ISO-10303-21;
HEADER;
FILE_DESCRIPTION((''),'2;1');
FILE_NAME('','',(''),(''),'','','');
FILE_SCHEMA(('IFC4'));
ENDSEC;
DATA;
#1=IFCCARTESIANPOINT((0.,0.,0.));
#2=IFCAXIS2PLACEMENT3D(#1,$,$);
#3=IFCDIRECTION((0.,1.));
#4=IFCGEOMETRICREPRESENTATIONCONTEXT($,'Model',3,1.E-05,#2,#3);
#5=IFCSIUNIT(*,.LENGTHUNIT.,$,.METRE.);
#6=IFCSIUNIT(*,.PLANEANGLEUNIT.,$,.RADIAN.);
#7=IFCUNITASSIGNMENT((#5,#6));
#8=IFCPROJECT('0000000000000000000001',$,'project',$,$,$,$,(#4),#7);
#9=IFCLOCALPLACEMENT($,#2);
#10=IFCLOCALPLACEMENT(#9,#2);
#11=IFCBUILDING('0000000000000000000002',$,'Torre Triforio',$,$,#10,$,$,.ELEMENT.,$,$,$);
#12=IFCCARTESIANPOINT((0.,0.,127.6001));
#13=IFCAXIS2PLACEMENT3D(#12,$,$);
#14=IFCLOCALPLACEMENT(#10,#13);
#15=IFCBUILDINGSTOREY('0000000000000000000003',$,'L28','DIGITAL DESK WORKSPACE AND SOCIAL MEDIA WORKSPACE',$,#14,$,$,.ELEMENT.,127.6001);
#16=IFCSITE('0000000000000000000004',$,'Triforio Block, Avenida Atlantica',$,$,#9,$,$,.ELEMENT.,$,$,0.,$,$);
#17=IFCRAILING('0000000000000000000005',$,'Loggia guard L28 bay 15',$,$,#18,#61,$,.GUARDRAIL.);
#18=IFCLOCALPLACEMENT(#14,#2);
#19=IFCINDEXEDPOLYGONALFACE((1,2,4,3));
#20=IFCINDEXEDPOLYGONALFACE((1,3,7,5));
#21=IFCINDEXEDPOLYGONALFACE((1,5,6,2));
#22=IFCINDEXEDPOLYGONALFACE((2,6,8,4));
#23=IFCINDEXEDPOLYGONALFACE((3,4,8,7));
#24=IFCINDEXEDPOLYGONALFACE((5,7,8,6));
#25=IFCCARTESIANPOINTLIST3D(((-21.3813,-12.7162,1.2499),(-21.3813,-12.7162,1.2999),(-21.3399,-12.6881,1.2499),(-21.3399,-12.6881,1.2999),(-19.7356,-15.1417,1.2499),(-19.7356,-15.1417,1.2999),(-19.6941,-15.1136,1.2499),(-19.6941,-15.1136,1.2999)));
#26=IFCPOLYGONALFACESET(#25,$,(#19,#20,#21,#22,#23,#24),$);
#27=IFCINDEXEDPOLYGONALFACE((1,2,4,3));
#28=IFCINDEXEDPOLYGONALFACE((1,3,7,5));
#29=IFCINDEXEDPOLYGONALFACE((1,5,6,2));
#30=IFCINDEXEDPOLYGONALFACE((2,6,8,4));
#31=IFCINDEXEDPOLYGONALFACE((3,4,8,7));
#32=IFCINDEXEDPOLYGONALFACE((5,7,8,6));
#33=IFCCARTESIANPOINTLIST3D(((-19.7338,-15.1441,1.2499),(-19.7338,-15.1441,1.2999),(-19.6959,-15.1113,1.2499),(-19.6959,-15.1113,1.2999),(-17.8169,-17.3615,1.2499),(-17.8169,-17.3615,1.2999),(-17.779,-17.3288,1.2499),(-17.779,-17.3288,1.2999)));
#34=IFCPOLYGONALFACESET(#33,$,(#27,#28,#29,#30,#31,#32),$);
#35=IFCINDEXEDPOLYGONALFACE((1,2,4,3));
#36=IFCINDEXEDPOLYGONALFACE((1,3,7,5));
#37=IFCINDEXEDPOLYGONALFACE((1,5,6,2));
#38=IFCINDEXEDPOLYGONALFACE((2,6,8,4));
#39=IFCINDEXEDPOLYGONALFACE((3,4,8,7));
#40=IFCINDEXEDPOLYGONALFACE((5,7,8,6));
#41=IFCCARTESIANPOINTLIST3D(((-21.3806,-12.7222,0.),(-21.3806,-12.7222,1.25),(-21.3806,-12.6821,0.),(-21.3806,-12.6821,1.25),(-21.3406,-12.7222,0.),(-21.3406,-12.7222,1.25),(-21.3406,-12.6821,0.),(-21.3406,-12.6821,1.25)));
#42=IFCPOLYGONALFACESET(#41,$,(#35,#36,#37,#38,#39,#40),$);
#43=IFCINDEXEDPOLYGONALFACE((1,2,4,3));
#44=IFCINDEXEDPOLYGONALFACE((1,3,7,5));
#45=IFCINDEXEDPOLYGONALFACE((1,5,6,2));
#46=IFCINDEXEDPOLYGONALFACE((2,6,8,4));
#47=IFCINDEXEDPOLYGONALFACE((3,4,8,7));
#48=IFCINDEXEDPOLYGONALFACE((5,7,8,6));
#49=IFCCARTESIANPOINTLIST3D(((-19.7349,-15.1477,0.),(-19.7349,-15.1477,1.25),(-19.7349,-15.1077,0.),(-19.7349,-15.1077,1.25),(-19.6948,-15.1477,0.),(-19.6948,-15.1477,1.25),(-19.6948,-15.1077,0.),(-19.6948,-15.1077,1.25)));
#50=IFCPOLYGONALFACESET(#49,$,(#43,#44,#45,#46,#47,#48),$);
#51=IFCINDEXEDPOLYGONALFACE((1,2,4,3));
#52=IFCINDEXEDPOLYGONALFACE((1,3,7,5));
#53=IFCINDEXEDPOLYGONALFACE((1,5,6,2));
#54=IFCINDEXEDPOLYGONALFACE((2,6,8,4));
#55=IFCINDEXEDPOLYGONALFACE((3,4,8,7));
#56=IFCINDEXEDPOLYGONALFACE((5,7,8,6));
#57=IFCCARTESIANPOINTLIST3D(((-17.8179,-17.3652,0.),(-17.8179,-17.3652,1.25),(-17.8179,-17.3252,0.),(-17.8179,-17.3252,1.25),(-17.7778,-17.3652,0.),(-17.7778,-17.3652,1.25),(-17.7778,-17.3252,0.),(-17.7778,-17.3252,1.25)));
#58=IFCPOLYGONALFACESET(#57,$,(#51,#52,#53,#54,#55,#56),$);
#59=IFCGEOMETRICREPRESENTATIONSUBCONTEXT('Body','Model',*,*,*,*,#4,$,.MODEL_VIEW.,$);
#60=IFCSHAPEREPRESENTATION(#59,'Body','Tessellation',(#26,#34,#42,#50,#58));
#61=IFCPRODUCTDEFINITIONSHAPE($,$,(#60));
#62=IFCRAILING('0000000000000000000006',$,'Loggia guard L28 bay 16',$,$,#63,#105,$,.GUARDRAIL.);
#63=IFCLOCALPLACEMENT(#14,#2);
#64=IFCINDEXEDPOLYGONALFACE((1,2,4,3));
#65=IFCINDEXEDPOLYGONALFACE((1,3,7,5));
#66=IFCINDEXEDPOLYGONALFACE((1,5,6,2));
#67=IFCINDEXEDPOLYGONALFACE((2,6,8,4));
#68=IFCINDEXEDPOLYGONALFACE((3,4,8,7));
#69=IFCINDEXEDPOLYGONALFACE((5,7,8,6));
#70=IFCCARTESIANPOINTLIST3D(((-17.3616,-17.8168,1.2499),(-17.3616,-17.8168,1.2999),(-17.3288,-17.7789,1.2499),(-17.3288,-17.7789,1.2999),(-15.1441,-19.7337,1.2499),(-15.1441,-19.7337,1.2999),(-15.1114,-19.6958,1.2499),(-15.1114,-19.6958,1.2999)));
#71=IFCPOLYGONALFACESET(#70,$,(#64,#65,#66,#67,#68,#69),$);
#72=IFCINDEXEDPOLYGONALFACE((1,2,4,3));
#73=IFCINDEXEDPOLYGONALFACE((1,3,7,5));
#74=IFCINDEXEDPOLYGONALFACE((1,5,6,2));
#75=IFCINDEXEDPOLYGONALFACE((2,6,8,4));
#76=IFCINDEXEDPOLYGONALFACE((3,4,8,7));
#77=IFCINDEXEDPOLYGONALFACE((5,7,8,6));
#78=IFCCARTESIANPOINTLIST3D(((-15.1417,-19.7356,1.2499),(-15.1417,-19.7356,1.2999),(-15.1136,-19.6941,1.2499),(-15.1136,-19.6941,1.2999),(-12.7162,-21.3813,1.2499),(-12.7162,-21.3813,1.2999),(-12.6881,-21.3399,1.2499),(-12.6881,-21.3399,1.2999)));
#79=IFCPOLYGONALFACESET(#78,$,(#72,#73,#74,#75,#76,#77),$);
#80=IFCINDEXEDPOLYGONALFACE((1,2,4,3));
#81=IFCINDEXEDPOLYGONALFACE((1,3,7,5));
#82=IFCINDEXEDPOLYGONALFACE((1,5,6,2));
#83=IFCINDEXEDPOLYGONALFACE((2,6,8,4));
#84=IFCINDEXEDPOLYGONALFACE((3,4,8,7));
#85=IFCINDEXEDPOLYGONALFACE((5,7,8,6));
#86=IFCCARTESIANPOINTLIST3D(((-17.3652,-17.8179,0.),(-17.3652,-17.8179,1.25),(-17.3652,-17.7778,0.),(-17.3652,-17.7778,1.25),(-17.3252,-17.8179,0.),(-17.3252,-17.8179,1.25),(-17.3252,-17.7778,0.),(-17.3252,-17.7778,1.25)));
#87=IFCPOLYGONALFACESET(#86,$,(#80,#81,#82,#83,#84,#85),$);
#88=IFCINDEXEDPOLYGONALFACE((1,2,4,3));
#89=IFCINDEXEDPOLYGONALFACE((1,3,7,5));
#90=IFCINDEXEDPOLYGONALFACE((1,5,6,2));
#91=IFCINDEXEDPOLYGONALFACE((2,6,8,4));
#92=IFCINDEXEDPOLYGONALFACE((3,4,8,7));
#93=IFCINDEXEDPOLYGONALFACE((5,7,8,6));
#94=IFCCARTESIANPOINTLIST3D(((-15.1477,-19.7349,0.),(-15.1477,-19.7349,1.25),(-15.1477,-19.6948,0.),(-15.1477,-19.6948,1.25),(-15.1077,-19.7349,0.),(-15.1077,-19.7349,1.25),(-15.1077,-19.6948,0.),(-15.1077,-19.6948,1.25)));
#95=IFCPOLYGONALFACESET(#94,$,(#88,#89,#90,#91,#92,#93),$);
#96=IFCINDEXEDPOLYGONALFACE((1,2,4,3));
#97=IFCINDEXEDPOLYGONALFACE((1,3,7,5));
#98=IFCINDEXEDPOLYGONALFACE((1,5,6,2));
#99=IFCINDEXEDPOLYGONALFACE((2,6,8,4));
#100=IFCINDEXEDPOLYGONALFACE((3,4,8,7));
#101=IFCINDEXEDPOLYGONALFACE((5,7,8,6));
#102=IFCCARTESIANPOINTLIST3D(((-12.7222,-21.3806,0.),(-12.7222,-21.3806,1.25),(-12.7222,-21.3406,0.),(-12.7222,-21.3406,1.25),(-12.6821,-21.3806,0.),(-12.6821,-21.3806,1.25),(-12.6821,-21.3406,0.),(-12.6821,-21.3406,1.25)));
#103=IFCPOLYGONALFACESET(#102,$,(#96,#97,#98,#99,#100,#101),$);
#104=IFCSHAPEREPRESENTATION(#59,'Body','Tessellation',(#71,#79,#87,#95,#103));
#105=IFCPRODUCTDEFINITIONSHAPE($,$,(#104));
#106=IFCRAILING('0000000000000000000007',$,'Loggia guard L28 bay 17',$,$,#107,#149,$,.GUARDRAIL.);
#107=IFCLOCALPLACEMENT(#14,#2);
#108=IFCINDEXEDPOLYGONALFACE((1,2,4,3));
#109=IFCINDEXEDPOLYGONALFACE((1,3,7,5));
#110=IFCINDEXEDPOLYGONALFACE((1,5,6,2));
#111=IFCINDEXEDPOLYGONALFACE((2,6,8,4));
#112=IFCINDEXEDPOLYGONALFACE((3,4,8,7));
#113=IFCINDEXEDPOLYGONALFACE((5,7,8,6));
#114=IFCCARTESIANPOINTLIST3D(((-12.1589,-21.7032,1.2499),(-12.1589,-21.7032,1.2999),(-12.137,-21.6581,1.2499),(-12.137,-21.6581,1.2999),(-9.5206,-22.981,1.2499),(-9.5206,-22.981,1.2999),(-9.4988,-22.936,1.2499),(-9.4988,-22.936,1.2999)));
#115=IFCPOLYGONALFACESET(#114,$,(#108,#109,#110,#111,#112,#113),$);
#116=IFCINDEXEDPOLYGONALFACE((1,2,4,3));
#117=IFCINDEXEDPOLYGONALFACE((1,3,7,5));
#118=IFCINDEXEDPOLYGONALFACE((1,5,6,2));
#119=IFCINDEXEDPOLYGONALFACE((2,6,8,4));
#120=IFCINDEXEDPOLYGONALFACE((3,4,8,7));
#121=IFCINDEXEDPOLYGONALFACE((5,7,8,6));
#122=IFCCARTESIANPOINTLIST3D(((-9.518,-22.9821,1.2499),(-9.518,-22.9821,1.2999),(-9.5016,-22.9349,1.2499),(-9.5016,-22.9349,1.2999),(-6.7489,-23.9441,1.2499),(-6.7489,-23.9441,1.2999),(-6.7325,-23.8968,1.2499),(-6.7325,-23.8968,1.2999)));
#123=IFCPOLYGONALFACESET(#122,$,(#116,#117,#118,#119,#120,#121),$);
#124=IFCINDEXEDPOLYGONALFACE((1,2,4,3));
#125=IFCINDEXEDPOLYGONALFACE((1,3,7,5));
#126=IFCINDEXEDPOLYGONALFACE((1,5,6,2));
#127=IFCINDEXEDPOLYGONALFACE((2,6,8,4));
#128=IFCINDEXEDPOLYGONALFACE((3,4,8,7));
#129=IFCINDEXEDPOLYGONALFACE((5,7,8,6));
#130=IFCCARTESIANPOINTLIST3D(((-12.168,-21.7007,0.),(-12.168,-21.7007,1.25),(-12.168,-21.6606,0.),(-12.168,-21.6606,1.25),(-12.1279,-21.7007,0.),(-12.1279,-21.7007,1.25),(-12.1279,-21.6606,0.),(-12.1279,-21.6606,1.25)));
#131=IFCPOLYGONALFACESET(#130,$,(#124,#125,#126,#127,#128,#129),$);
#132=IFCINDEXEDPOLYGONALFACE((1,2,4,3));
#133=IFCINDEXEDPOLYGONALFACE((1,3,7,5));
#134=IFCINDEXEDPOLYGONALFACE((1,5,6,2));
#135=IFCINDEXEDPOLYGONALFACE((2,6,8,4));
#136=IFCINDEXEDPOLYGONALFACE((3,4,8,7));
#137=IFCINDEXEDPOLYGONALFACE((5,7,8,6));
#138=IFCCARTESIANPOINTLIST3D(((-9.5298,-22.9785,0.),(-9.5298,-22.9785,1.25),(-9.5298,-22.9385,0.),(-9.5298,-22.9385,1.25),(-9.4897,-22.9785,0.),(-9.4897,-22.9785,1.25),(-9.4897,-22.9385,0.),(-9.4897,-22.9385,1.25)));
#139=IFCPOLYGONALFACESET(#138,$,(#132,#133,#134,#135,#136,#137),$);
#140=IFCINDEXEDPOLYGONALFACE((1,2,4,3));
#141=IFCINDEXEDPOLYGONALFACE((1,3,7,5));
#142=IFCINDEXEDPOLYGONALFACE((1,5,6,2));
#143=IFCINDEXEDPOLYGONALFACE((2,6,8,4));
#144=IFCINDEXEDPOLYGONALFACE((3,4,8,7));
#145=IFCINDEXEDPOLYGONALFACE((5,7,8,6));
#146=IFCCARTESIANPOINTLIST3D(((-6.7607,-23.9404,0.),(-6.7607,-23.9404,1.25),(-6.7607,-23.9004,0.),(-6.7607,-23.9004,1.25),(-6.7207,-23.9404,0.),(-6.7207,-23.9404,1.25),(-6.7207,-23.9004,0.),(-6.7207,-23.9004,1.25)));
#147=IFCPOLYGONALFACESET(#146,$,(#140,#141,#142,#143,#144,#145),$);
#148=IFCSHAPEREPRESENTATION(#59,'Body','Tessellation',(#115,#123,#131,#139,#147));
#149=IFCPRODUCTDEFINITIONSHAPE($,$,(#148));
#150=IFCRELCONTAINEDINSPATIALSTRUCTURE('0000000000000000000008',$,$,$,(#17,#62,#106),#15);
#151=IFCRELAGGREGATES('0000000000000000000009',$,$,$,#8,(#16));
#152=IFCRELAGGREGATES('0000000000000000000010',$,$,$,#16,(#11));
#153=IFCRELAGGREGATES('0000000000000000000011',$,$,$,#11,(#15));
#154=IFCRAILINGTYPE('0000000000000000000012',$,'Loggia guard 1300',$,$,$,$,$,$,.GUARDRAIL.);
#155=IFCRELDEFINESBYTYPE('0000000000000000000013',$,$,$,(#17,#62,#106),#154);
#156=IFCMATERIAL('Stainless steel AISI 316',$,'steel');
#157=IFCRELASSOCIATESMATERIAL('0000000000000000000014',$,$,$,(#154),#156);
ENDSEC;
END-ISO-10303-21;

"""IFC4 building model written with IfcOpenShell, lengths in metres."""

from ifc_helpers import new_model, si_unit, direction, frame, origin, origin_2d, place, context, subcontext, project, spatial, rectangle, extrude, material, type_object, element, save


model = new_model("IFC4")

# Units and contexts
model_context = context("Model", 3, precision=1e-05, world=origin(), true_north=direction((0.0, 1.0)))
body_context = subcontext(model_context, "Body", "Model", "MODEL_VIEW")
ifc_project = project(units=[si_unit("LENGTHUNIT", "METRE"), si_unit("PLANEANGLEUNIT", "RADIAN")], contexts=[model_context])

# Site, building, storey
site_placement = place(None, origin())
site = spatial("IfcSite", under=ifc_project, at=site_placement, Name="Triforio Block, Avenida Atlantica", CompositionType="ELEMENT", RefElevation=0.0)
building_placement = place(site_placement, origin())
building = spatial("IfcBuilding", under=site, at=building_placement, Name="Torre Triforio", CompositionType="ELEMENT")
storey_placement = place(building_placement, frame((0.0, 0.0, 127.6001)))
storey = spatial("IfcBuildingStorey", under=building, at=storey_placement, Name="L28", Description="DIGITAL DESK WORKSPACE AND SOCIAL MEDIA WORKSPACE", CompositionType="ELEMENT", Elevation=127.6001)

# Railings
ifc_material_1 = material(Name="Stainless steel AISI 316", Category="steel")
railing_type = type_object("IfcRailingType", Name="Loggia guard 1300", PredefinedType="GUARDRAIL", material=ifc_material_1)
railing_1_placement = place(storey_placement, frame((-21.3606, -12.7021, 0.0)))
element("IfcRailing", 1, at=railing_1_placement, inside=storey, type_object=railing_type, Name="Loggia guard L28 bay 15", PredefinedType="GUARDRAIL", context=body_context, shape_type="SweptSolid", body=[
    extrude(rectangle(XDim=0.05, YDim=0.05, at=origin_2d()), frame((0.0, 0.0, 1.2749), z_axis=(0.561467, -0.827499, 0.0), x_axis=(0.827499, 0.561467, 0.0)), (0.0, 0.0, 1.0), 2.9312),
    extrude(rectangle(XDim=0.05, YDim=0.05, at=origin_2d()), frame((1.6458, -2.4255, 1.2749), z_axis=(0.653982, -0.75651, 0.0), x_axis=(0.75651, 0.653982, 0.0)), (0.0, 0.0, 1.0), 2.9312),
    extrude(rectangle(XDim=0.04, YDim=0.04, at=origin_2d()), origin(), (0.0, 0.0, 1.0), 1.25),
    extrude(rectangle(XDim=0.04, YDim=0.04, at=origin_2d()), frame((1.6458, -2.4255, 0.0)), (0.0, 0.0, 1.0), 1.25),
    extrude(rectangle(XDim=0.04, YDim=0.04, at=origin_2d()), frame((3.5627, -4.6431, 0.0)), (0.0, 0.0, 1.0), 1.25),
])
railing_2_placement = place(storey_placement, frame((-17.3452, -17.7979, 0.0)))
element("IfcRailing", 2, at=railing_2_placement, inside=storey, type_object=railing_type, Name="Loggia guard L28 bay 16", PredefinedType="GUARDRAIL", context=body_context, shape_type="SweptSolid", body=[
    extrude(rectangle(XDim=0.05, YDim=0.05, at=origin_2d()), frame((0.0, 0.0, 1.2749), z_axis=(0.75651, -0.653982, 0.0), x_axis=(0.653982, 0.75651, 0.0)), (0.0, 0.0, 1.0), 2.9312),
    extrude(rectangle(XDim=0.05, YDim=0.05, at=origin_2d()), frame((2.2175, -1.917, 1.2749), z_axis=(0.827499, -0.561467, 0.0), x_axis=(0.561467, 0.827499, 0.0)), (0.0, 0.0, 1.0), 2.9312),
    extrude(rectangle(XDim=0.04, YDim=0.04, at=origin_2d()), origin(), (0.0, 0.0, 1.0), 1.25),
    extrude(rectangle(XDim=0.04, YDim=0.04, at=origin_2d()), frame((2.2175, -1.917, 0.0)), (0.0, 0.0, 1.0), 1.25),
    extrude(rectangle(XDim=0.04, YDim=0.04, at=origin_2d()), frame((4.6431, -3.5627, 0.0)), (0.0, 0.0, 1.0), 1.25),
])
railing_3_placement = place(storey_placement, frame((-12.1479, -21.6807, 0.0)))
element("IfcRailing", 3, at=railing_3_placement, inside=storey, type_object=railing_type, Name="Loggia guard L28 bay 17", PredefinedType="GUARDRAIL", context=body_context, shape_type="SweptSolid", body=[
    extrude(rectangle(XDim=0.05, YDim=0.05, at=origin_2d()), frame((0.0, 0.0, 1.2749), z_axis=(0.899986, -0.435918, 0.0), x_axis=(0.435918, 0.899986, 0.0)), (0.0, 0.0, 1.0), 2.9314),
    extrude(rectangle(XDim=0.05, YDim=0.05, at=origin_2d()), frame((2.6382, -1.2778, 1.2749), z_axis=(0.944627, -0.328146, 0.0), x_axis=(0.328146, 0.944627, 0.0)), (0.0, 0.0, 1.0), 2.9314),
    extrude(rectangle(XDim=0.04, YDim=0.04, at=origin_2d()), origin(), (0.0, 0.0, 1.0), 1.25),
    extrude(rectangle(XDim=0.04, YDim=0.04, at=origin_2d()), frame((2.6382, -1.2778, 0.0)), (0.0, 0.0, 1.0), 1.25),
    extrude(rectangle(XDim=0.04, YDim=0.04, at=origin_2d()), frame((5.4072, -2.2397, 0.0)), (0.0, 0.0, 1.0), 1.25),
])

save(model, "model.ifc")
